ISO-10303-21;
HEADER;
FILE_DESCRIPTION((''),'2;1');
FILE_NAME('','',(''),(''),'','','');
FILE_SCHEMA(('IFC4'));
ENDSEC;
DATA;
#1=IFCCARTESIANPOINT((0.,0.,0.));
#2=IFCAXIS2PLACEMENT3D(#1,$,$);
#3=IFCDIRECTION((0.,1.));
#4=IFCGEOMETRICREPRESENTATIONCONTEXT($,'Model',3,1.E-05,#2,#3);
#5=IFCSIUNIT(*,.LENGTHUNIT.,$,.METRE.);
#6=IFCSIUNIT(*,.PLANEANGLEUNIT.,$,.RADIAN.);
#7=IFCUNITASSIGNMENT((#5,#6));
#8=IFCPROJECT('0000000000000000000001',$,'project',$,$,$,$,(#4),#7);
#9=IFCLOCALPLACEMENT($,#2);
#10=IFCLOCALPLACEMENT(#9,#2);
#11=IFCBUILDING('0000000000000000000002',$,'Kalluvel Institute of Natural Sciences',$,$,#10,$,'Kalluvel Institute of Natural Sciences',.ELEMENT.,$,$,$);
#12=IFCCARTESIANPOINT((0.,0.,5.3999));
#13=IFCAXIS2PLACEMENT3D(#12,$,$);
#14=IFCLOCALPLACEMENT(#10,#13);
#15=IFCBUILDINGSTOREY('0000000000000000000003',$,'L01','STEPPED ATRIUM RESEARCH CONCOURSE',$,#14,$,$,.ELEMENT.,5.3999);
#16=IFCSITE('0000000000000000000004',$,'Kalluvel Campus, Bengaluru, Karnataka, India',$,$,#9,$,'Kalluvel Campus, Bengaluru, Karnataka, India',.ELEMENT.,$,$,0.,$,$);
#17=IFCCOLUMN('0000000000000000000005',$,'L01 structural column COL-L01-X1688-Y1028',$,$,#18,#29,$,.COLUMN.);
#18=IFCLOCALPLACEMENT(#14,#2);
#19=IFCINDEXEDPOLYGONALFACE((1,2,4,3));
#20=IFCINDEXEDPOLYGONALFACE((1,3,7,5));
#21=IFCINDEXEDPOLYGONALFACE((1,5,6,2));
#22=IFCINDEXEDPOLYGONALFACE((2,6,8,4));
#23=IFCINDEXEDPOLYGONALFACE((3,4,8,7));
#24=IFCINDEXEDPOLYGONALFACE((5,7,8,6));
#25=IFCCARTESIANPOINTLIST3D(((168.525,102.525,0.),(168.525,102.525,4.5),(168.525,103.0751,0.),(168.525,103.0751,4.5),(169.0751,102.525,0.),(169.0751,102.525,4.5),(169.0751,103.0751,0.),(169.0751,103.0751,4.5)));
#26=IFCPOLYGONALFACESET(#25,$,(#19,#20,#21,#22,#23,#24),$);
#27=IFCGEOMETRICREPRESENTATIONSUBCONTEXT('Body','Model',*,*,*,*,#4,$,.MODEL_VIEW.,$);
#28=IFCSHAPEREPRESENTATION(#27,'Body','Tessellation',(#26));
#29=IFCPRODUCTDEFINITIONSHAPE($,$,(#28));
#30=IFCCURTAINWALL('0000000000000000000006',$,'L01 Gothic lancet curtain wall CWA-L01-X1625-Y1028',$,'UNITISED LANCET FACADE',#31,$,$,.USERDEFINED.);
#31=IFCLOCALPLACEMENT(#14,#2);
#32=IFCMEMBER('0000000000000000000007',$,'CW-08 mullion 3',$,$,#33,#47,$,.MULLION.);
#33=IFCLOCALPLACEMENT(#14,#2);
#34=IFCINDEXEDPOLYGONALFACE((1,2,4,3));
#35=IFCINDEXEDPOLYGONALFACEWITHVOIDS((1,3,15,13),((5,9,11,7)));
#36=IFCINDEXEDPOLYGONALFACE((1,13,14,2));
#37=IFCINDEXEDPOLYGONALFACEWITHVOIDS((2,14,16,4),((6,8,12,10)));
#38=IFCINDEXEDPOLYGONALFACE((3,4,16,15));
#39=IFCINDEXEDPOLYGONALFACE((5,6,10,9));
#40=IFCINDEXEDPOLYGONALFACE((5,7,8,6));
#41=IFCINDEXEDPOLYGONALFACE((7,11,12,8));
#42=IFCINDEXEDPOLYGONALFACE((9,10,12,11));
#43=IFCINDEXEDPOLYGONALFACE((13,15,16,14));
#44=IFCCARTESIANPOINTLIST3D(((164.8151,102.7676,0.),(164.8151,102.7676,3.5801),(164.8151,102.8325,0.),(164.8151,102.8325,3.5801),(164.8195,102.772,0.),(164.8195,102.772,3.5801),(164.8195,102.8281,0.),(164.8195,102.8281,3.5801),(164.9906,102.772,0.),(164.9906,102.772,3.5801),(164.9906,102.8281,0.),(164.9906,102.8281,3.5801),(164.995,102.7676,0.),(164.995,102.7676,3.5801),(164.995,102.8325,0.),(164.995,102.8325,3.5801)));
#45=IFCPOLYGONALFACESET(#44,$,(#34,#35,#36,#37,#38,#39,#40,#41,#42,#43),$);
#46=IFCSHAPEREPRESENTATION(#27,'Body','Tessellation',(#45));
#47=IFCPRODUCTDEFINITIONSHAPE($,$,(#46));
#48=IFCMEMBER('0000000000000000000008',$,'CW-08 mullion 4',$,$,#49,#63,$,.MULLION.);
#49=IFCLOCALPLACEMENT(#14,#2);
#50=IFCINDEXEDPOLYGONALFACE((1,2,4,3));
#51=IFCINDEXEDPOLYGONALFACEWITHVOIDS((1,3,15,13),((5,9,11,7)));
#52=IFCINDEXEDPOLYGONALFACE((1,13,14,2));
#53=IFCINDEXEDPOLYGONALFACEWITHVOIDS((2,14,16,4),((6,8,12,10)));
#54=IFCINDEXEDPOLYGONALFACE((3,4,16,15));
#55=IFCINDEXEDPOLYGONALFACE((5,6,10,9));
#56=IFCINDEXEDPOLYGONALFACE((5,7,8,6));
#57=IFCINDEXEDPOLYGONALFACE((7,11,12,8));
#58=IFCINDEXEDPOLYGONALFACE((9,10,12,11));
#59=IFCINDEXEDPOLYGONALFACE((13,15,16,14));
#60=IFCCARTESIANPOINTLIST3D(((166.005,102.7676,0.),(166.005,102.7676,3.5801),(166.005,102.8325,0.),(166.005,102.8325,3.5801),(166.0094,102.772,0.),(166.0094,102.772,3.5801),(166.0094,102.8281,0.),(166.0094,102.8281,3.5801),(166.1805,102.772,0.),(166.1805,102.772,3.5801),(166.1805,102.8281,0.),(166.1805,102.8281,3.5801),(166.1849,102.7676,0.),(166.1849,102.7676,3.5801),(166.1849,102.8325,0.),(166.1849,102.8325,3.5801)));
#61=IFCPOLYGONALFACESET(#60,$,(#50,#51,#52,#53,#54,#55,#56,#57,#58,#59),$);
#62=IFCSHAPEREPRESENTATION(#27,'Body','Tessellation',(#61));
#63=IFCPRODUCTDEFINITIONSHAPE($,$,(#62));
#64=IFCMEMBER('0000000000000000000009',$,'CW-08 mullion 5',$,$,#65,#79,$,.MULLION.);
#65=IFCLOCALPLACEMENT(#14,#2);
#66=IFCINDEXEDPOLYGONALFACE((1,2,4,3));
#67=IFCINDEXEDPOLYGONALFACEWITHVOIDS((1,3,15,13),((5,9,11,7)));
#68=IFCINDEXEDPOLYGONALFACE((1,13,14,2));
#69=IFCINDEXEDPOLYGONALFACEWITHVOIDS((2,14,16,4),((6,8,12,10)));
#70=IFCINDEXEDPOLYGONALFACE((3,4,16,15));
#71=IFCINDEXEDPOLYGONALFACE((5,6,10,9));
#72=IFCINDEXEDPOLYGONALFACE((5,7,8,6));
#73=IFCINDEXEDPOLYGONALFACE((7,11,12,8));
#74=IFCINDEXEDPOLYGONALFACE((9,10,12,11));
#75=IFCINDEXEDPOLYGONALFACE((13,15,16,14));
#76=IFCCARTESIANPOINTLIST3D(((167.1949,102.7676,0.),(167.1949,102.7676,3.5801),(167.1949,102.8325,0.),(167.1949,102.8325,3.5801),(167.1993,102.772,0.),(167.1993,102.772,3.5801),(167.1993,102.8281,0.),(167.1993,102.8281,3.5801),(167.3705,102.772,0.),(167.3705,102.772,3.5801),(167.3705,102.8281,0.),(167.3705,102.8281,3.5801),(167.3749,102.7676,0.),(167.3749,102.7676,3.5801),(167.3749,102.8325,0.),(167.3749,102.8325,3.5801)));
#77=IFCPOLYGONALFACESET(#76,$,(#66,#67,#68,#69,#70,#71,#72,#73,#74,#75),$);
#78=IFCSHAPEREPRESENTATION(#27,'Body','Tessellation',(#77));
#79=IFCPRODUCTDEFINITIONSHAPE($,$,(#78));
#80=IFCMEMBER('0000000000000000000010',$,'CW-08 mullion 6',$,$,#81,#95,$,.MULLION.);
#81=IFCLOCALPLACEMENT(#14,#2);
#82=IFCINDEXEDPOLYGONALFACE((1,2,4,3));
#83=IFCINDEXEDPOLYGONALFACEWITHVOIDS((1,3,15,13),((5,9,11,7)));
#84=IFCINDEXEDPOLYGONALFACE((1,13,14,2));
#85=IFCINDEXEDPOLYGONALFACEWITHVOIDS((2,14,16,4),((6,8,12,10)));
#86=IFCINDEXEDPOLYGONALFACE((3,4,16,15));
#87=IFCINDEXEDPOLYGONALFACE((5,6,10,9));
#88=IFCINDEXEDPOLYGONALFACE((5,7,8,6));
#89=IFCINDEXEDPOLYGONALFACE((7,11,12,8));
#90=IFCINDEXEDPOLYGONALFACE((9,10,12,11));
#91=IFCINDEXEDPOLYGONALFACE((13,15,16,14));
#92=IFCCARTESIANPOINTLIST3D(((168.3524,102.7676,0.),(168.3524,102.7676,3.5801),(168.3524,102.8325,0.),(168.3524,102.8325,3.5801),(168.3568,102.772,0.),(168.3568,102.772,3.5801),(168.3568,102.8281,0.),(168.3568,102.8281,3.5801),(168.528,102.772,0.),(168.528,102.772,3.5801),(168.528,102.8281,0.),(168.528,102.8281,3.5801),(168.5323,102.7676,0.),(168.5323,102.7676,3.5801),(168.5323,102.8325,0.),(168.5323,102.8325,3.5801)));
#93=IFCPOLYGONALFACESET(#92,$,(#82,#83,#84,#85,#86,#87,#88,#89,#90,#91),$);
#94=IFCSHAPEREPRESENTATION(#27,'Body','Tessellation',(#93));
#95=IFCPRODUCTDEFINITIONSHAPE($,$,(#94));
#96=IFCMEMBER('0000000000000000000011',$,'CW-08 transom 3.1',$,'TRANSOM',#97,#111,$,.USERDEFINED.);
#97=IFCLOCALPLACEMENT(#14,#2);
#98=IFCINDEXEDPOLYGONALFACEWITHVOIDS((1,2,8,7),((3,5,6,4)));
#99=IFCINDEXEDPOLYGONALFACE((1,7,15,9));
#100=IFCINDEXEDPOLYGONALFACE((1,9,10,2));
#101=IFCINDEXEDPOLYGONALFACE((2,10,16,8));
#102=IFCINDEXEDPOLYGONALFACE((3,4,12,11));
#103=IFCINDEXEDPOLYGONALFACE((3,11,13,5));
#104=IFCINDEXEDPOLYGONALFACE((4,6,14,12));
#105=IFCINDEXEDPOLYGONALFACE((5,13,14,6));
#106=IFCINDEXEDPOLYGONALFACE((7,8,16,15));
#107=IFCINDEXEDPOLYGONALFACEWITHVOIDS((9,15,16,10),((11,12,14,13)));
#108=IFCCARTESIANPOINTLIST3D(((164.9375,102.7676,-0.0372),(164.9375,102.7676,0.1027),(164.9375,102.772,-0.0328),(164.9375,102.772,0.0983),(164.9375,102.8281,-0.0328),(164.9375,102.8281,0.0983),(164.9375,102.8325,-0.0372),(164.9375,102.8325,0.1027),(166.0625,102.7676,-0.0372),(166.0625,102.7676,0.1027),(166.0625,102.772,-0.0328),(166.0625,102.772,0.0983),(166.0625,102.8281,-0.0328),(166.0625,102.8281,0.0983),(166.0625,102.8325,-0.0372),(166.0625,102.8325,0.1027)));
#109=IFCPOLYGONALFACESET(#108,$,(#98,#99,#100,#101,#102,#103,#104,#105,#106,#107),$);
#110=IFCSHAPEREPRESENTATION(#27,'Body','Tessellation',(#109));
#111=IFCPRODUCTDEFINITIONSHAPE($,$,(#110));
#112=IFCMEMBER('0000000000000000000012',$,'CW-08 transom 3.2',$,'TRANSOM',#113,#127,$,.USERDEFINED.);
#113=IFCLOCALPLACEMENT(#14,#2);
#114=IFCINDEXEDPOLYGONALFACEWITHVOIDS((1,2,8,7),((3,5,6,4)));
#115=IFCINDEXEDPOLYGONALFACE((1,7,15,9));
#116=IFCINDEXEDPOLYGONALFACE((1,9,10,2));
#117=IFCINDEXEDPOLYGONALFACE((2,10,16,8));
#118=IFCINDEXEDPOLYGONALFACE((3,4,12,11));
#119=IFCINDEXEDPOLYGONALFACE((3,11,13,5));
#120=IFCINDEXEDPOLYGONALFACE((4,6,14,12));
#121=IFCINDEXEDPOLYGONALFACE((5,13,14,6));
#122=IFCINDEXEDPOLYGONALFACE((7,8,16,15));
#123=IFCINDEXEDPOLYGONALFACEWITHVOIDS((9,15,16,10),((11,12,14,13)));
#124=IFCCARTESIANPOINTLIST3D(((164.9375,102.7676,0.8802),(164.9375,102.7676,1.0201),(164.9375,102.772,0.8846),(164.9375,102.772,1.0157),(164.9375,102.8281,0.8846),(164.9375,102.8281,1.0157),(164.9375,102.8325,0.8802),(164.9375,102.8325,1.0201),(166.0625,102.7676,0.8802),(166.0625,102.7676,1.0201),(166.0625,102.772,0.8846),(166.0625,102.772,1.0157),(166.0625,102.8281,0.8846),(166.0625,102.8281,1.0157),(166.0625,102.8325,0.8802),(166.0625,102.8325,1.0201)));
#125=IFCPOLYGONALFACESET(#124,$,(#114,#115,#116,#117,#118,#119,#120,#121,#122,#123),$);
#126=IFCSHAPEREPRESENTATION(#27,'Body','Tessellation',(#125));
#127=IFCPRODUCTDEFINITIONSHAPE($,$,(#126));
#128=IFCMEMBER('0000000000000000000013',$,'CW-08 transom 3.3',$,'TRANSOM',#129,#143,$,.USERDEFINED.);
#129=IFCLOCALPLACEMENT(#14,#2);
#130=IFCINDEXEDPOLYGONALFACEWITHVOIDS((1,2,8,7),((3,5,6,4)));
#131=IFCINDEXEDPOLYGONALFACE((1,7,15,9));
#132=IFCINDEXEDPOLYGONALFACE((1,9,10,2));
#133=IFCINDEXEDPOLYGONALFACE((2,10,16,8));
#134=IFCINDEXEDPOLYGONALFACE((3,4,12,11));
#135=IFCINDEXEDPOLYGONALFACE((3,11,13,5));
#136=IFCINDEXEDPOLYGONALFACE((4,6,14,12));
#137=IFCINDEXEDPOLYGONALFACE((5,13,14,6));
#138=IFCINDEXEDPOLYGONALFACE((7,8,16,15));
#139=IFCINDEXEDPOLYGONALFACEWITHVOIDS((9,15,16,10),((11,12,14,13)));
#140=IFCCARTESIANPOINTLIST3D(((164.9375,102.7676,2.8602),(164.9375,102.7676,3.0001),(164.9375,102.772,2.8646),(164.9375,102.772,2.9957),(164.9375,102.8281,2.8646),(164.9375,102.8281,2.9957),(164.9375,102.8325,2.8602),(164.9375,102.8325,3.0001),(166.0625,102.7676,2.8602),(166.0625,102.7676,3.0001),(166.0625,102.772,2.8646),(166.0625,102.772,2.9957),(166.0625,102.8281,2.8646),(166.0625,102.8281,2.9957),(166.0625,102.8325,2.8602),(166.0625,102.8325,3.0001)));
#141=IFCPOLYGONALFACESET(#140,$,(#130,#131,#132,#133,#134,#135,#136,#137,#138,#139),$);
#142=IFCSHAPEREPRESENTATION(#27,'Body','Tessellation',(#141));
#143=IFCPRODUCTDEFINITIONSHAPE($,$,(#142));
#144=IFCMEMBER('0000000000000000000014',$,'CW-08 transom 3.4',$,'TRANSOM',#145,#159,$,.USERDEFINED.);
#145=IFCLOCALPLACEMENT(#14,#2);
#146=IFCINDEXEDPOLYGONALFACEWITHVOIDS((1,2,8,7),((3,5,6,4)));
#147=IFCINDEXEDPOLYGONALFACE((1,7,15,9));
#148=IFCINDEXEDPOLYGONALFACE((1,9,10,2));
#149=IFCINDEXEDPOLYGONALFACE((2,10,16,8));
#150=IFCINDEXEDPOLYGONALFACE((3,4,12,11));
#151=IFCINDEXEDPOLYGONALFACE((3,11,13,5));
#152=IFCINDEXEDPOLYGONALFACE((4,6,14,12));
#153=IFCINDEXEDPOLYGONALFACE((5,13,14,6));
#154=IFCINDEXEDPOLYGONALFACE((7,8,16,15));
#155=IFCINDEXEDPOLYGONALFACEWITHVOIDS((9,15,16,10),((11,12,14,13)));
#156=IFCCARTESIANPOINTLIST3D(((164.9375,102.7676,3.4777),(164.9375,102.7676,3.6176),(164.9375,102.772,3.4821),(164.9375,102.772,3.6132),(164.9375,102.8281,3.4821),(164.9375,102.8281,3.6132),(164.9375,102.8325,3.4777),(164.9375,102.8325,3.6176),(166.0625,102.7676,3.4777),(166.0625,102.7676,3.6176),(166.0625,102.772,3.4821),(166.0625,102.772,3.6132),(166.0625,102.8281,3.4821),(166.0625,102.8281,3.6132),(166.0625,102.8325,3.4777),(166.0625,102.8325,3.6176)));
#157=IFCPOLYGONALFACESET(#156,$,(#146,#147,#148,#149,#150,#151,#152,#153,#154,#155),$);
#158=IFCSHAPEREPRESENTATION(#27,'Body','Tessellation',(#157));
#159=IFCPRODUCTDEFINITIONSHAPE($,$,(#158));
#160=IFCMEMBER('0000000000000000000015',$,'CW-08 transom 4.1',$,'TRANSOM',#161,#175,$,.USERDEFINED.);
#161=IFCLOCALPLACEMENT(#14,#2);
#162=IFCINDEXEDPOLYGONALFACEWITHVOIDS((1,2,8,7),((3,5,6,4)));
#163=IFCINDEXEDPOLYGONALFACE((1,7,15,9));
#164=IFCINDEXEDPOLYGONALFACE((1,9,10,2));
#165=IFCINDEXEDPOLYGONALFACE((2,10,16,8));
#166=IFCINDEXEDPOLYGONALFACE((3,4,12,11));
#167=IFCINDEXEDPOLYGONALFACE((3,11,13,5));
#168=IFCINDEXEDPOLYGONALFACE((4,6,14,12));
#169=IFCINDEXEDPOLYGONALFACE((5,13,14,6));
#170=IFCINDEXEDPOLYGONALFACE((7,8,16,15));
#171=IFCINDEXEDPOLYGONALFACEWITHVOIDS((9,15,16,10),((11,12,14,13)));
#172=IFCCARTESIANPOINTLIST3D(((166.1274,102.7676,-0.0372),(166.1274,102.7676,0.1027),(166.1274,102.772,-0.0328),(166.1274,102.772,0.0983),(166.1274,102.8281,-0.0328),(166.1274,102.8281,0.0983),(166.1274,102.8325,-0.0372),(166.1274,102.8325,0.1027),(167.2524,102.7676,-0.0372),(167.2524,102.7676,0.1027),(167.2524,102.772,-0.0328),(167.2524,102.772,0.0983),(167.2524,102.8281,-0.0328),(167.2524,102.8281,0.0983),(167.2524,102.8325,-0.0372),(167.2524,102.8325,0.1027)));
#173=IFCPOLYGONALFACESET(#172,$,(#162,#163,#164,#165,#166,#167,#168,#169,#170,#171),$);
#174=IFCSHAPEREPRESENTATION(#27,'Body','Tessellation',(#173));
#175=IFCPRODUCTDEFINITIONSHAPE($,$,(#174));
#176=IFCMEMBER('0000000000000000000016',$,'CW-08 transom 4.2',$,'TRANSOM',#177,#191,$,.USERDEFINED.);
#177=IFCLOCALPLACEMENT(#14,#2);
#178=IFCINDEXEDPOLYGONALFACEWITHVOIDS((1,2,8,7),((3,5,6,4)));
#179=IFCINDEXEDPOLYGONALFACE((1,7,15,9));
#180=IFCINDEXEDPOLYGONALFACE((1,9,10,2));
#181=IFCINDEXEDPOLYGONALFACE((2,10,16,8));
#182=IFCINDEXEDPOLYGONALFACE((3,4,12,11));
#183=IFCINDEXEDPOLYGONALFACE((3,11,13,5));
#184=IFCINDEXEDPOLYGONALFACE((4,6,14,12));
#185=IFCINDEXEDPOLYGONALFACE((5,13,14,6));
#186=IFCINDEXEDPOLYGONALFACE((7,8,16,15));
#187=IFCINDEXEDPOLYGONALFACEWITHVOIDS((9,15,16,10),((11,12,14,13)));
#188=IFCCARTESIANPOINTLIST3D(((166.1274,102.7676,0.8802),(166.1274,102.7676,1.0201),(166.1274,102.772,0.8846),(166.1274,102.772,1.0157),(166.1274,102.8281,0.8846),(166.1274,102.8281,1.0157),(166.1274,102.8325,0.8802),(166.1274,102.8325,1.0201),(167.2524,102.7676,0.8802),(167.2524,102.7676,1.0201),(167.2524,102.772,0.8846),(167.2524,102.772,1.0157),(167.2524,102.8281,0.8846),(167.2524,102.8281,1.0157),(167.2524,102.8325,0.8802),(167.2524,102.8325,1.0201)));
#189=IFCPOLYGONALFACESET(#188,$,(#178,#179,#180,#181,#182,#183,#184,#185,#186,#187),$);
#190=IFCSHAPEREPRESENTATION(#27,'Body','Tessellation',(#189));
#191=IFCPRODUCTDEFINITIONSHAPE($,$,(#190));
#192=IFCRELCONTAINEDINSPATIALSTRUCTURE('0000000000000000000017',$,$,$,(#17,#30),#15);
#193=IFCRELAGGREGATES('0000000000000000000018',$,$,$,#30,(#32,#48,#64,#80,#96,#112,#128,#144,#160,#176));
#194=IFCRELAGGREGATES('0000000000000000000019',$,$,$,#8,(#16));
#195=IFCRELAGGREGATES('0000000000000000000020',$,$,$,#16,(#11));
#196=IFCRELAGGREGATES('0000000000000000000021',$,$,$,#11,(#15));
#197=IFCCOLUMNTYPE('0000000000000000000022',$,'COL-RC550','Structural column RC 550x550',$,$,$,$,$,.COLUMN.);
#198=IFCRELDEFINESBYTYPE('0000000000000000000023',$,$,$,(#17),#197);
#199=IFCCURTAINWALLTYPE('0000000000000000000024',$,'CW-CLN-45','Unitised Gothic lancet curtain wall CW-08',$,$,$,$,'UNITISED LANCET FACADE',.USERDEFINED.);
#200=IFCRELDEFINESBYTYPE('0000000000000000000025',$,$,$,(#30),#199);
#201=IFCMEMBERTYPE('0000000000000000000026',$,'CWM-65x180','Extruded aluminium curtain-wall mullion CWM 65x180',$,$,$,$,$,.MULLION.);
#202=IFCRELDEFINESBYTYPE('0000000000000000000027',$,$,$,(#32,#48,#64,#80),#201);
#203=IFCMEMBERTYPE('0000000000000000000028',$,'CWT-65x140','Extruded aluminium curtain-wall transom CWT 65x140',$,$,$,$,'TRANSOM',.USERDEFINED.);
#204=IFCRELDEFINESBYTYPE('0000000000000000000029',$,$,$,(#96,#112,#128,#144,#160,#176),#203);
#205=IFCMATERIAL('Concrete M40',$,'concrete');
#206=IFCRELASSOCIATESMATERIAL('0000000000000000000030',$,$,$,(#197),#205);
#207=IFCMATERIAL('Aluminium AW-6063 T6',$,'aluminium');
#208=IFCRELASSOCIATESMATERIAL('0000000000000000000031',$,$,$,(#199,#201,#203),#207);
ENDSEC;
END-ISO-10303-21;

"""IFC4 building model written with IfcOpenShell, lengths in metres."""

from ifc_helpers import new_model, si_unit, direction, frame, origin, origin_2d, place, context, subcontext, project, spatial, rectangle, hollow_rectangle, extrude, material, material_profile, profile_set, type_object, element, aggregate, save


model = new_model("IFC4")

# Units and contexts
model_context = context("Model", 3, precision=1e-05, world=origin(), true_north=direction((0.0, 1.0)))
body_context = subcontext(model_context, "Body", "Model", "MODEL_VIEW")
ifc_project = project(units=[si_unit("LENGTHUNIT", "METRE"), si_unit("PLANEANGLEUNIT", "RADIAN")], contexts=[model_context])

# Site, building, storey
site_placement = place(None, origin())
site = spatial("IfcSite", under=ifc_project, at=site_placement, Name="Kalluvel Campus, Bengaluru, Karnataka, India", LongName="Kalluvel Campus, Bengaluru, Karnataka, India", CompositionType="ELEMENT", RefElevation=0.0)
building_placement = place(site_placement, origin())
building = spatial("IfcBuilding", under=site, at=building_placement, Name="Kalluvel Institute of Natural Sciences", LongName="Kalluvel Institute of Natural Sciences", CompositionType="ELEMENT")
storey_placement = place(building_placement, frame((0.0, 0.0, 5.3999)))
storey = spatial("IfcBuildingStorey", under=building, at=storey_placement, Name="L01", Description="STEPPED ATRIUM RESEARCH CONCOURSE", CompositionType="ELEMENT", Elevation=5.3999)

# Column
ifc_material_1 = material(Name="Concrete M40", Category="concrete")
ifc_material_profile_1 = material_profile(ifc_material_1, rectangle(XDim=0.55, YDim=0.55, at=origin_2d()), Name="RC 550x550")
ifc_profile_set_1 = profile_set([ifc_material_profile_1], Name="Concrete M40")
column_type = type_object("IfcColumnType", Name="COL-RC550", Description="Structural column RC 550x550", PredefinedType="COLUMN", material=ifc_profile_set_1)
column_placement = place(storey_placement, frame((168.8, 102.8, 0.0), z_axis=(0.0, 0.0, 1.0), x_axis=(1.0, 0.0, 0.0)))
element("IfcColumn", 1, at=column_placement, inside=storey, type_object=column_type, Name="L01 structural column COL-L01-X1688-Y1028", PredefinedType="COLUMN", context=body_context, shape_type="SweptSolid", body=[
    extrude(rectangle(XDim=0.55, YDim=0.55, at=origin_2d()), origin(), (0.0, 0.0, 1.0), 4.5),
])

# Curtain wall, members
ifc_material_2 = material(Name="Aluminium AW-6063 T6", Category="aluminium")
curtain_wall_type = type_object("IfcCurtainWallType", Name="CW-CLN-45", Description="Unitised Gothic lancet curtain wall CW-08", ElementType="UNITISED LANCET FACADE", PredefinedType="USERDEFINED", material=ifc_material_2)
curtain_wall_placement = place(storey_placement, origin())
curtain_wall = element("IfcCurtainWall", 2, at=curtain_wall_placement, inside=storey, type_object=curtain_wall_type, Name="L01 Gothic lancet curtain wall CWA-L01-X1625-Y1028", ObjectType="UNITISED LANCET FACADE", PredefinedType="USERDEFINED")
ifc_material_profile_2 = material_profile(ifc_material_2, hollow_rectangle(XDim=0.0649, YDim=0.1799, WallThickness=0.0044, at=origin_2d()), Name="CWM 65x180")
ifc_profile_set_2 = profile_set([ifc_material_profile_2], Name="Aluminium AW-6063 T6")
member_type_1 = type_object("IfcMemberType", Name="CWM-65x180", Description="Extruded aluminium curtain-wall mullion CWM 65x180", PredefinedType="MULLION", material=ifc_profile_set_2)
member_1_placement = place(storey_placement, frame((164.905, 102.8, 0.0), z_axis=(0.0, 0.0, 1.0), x_axis=(0.0, 1.0, 0.0)))
member_1 = element("IfcMember", 3, at=member_1_placement, type_object=member_type_1, Name="CW-08 mullion 3", PredefinedType="MULLION", context=body_context, shape_type="SweptSolid", body=[
    extrude(hollow_rectangle(XDim=0.0649, YDim=0.1799, WallThickness=0.0044, at=origin_2d()), origin(), (0.0, 0.0, 1.0), 3.5801),
])
member_2_placement = place(storey_placement, frame((166.095, 102.8, 0.0), z_axis=(0.0, 0.0, 1.0), x_axis=(0.0, 1.0, 0.0)))
member_2 = element("IfcMember", 4, at=member_2_placement, type_object=member_type_1, Name="CW-08 mullion 4", PredefinedType="MULLION", context=body_context, shape_type="SweptSolid", body=[
    extrude(hollow_rectangle(XDim=0.0649, YDim=0.1799, WallThickness=0.0044, at=origin_2d()), origin(), (0.0, 0.0, 1.0), 3.5801),
])
member_3_placement = place(storey_placement, frame((167.2849, 102.8, 0.0), z_axis=(0.0, 0.0, 1.0), x_axis=(0.0, 1.0, 0.0)))
member_3 = element("IfcMember", 5, at=member_3_placement, type_object=member_type_1, Name="CW-08 mullion 5", PredefinedType="MULLION", context=body_context, shape_type="SweptSolid", body=[
    extrude(hollow_rectangle(XDim=0.0649, YDim=0.1799, WallThickness=0.0044, at=origin_2d()), origin(), (0.0, 0.0, 1.0), 3.5801),
])
member_4_placement = place(storey_placement, frame((168.4424, 102.8, 0.0), z_axis=(0.0, 0.0, 1.0), x_axis=(0.0, 1.0, 0.0)))
member_4 = element("IfcMember", 6, at=member_4_placement, type_object=member_type_1, Name="CW-08 mullion 6", PredefinedType="MULLION", context=body_context, shape_type="SweptSolid", body=[
    extrude(hollow_rectangle(XDim=0.0649, YDim=0.1799, WallThickness=0.0044, at=origin_2d()), origin(), (0.0, 0.0, 1.0), 3.5801),
])
ifc_material_profile_3 = material_profile(ifc_material_2, hollow_rectangle(XDim=0.0649, YDim=0.1399, WallThickness=0.0044, at=origin_2d()), Name="CWT 65x140")
ifc_profile_set_3 = profile_set([ifc_material_profile_3], Name="Aluminium AW-6063 T6")
member_type_2 = type_object("IfcMemberType", Name="CWT-65x140", Description="Extruded aluminium curtain-wall transom CWT 65x140", ElementType="TRANSOM", PredefinedType="USERDEFINED", material=ifc_profile_set_3)
member_5_placement = place(storey_placement, frame((164.9375, 102.8, 0.0327), z_axis=(1.0, 0.0, 0.0), x_axis=(0.0, 1.0, 0.0)))
member_5 = element("IfcMember", 7, at=member_5_placement, type_object=member_type_2, Name="CW-08 transom 3.1", ObjectType="TRANSOM", PredefinedType="USERDEFINED", context=body_context, shape_type="SweptSolid", body=[
    extrude(hollow_rectangle(XDim=0.0649, YDim=0.1399, WallThickness=0.0044, at=origin_2d()), origin(), (0.0, 0.0, 1.0), 1.125),
])
member_6_placement = place(storey_placement, frame((164.9375, 102.8, 0.9502), z_axis=(1.0, 0.0, 0.0), x_axis=(0.0, 1.0, 0.0)))
member_6 = element("IfcMember", 8, at=member_6_placement, type_object=member_type_2, Name="CW-08 transom 3.2", ObjectType="TRANSOM", PredefinedType="USERDEFINED", context=body_context, shape_type="SweptSolid", body=[
    extrude(hollow_rectangle(XDim=0.0649, YDim=0.1399, WallThickness=0.0044, at=origin_2d()), origin(), (0.0, 0.0, 1.0), 1.125),
])
member_7_placement = place(storey_placement, frame((164.9375, 102.8, 2.9302), z_axis=(1.0, 0.0, 0.0), x_axis=(0.0, 1.0, 0.0)))
member_7 = element("IfcMember", 9, at=member_7_placement, type_object=member_type_2, Name="CW-08 transom 3.3", ObjectType="TRANSOM", PredefinedType="USERDEFINED", context=body_context, shape_type="SweptSolid", body=[
    extrude(hollow_rectangle(XDim=0.0649, YDim=0.1399, WallThickness=0.0044, at=origin_2d()), origin(), (0.0, 0.0, 1.0), 1.125),
])
member_8_placement = place(storey_placement, frame((164.9375, 102.8, 3.5476), z_axis=(1.0, 0.0, 0.0), x_axis=(0.0, 1.0, 0.0)))
member_8 = element("IfcMember", 10, at=member_8_placement, type_object=member_type_2, Name="CW-08 transom 3.4", ObjectType="TRANSOM", PredefinedType="USERDEFINED", context=body_context, shape_type="SweptSolid", body=[
    extrude(hollow_rectangle(XDim=0.0649, YDim=0.1399, WallThickness=0.0044, at=origin_2d()), origin(), (0.0, 0.0, 1.0), 1.125),
])
member_9_placement = place(storey_placement, frame((166.1274, 102.8, 0.0327), z_axis=(1.0, 0.0, 0.0), x_axis=(0.0, 1.0, 0.0)))
member_9 = element("IfcMember", 11, at=member_9_placement, type_object=member_type_2, Name="CW-08 transom 4.1", ObjectType="TRANSOM", PredefinedType="USERDEFINED", context=body_context, shape_type="SweptSolid", body=[
    extrude(hollow_rectangle(XDim=0.0649, YDim=0.1399, WallThickness=0.0044, at=origin_2d()), origin(), (0.0, 0.0, 1.0), 1.125),
])
member_10_placement = place(storey_placement, frame((166.1274, 102.8, 0.9502), z_axis=(1.0, 0.0, 0.0), x_axis=(0.0, 1.0, 0.0)))
member_10 = element("IfcMember", 12, at=member_10_placement, type_object=member_type_2, Name="CW-08 transom 4.2", ObjectType="TRANSOM", PredefinedType="USERDEFINED", context=body_context, shape_type="SweptSolid", body=[
    extrude(hollow_rectangle(XDim=0.0649, YDim=0.1399, WallThickness=0.0044, at=origin_2d()), origin(), (0.0, 0.0, 1.0), 1.125),
])
aggregate(curtain_wall, [member_1, member_2, member_3, member_4, member_5, member_6, member_7, member_8, member_9, member_10])

save(model, "model.ifc")
